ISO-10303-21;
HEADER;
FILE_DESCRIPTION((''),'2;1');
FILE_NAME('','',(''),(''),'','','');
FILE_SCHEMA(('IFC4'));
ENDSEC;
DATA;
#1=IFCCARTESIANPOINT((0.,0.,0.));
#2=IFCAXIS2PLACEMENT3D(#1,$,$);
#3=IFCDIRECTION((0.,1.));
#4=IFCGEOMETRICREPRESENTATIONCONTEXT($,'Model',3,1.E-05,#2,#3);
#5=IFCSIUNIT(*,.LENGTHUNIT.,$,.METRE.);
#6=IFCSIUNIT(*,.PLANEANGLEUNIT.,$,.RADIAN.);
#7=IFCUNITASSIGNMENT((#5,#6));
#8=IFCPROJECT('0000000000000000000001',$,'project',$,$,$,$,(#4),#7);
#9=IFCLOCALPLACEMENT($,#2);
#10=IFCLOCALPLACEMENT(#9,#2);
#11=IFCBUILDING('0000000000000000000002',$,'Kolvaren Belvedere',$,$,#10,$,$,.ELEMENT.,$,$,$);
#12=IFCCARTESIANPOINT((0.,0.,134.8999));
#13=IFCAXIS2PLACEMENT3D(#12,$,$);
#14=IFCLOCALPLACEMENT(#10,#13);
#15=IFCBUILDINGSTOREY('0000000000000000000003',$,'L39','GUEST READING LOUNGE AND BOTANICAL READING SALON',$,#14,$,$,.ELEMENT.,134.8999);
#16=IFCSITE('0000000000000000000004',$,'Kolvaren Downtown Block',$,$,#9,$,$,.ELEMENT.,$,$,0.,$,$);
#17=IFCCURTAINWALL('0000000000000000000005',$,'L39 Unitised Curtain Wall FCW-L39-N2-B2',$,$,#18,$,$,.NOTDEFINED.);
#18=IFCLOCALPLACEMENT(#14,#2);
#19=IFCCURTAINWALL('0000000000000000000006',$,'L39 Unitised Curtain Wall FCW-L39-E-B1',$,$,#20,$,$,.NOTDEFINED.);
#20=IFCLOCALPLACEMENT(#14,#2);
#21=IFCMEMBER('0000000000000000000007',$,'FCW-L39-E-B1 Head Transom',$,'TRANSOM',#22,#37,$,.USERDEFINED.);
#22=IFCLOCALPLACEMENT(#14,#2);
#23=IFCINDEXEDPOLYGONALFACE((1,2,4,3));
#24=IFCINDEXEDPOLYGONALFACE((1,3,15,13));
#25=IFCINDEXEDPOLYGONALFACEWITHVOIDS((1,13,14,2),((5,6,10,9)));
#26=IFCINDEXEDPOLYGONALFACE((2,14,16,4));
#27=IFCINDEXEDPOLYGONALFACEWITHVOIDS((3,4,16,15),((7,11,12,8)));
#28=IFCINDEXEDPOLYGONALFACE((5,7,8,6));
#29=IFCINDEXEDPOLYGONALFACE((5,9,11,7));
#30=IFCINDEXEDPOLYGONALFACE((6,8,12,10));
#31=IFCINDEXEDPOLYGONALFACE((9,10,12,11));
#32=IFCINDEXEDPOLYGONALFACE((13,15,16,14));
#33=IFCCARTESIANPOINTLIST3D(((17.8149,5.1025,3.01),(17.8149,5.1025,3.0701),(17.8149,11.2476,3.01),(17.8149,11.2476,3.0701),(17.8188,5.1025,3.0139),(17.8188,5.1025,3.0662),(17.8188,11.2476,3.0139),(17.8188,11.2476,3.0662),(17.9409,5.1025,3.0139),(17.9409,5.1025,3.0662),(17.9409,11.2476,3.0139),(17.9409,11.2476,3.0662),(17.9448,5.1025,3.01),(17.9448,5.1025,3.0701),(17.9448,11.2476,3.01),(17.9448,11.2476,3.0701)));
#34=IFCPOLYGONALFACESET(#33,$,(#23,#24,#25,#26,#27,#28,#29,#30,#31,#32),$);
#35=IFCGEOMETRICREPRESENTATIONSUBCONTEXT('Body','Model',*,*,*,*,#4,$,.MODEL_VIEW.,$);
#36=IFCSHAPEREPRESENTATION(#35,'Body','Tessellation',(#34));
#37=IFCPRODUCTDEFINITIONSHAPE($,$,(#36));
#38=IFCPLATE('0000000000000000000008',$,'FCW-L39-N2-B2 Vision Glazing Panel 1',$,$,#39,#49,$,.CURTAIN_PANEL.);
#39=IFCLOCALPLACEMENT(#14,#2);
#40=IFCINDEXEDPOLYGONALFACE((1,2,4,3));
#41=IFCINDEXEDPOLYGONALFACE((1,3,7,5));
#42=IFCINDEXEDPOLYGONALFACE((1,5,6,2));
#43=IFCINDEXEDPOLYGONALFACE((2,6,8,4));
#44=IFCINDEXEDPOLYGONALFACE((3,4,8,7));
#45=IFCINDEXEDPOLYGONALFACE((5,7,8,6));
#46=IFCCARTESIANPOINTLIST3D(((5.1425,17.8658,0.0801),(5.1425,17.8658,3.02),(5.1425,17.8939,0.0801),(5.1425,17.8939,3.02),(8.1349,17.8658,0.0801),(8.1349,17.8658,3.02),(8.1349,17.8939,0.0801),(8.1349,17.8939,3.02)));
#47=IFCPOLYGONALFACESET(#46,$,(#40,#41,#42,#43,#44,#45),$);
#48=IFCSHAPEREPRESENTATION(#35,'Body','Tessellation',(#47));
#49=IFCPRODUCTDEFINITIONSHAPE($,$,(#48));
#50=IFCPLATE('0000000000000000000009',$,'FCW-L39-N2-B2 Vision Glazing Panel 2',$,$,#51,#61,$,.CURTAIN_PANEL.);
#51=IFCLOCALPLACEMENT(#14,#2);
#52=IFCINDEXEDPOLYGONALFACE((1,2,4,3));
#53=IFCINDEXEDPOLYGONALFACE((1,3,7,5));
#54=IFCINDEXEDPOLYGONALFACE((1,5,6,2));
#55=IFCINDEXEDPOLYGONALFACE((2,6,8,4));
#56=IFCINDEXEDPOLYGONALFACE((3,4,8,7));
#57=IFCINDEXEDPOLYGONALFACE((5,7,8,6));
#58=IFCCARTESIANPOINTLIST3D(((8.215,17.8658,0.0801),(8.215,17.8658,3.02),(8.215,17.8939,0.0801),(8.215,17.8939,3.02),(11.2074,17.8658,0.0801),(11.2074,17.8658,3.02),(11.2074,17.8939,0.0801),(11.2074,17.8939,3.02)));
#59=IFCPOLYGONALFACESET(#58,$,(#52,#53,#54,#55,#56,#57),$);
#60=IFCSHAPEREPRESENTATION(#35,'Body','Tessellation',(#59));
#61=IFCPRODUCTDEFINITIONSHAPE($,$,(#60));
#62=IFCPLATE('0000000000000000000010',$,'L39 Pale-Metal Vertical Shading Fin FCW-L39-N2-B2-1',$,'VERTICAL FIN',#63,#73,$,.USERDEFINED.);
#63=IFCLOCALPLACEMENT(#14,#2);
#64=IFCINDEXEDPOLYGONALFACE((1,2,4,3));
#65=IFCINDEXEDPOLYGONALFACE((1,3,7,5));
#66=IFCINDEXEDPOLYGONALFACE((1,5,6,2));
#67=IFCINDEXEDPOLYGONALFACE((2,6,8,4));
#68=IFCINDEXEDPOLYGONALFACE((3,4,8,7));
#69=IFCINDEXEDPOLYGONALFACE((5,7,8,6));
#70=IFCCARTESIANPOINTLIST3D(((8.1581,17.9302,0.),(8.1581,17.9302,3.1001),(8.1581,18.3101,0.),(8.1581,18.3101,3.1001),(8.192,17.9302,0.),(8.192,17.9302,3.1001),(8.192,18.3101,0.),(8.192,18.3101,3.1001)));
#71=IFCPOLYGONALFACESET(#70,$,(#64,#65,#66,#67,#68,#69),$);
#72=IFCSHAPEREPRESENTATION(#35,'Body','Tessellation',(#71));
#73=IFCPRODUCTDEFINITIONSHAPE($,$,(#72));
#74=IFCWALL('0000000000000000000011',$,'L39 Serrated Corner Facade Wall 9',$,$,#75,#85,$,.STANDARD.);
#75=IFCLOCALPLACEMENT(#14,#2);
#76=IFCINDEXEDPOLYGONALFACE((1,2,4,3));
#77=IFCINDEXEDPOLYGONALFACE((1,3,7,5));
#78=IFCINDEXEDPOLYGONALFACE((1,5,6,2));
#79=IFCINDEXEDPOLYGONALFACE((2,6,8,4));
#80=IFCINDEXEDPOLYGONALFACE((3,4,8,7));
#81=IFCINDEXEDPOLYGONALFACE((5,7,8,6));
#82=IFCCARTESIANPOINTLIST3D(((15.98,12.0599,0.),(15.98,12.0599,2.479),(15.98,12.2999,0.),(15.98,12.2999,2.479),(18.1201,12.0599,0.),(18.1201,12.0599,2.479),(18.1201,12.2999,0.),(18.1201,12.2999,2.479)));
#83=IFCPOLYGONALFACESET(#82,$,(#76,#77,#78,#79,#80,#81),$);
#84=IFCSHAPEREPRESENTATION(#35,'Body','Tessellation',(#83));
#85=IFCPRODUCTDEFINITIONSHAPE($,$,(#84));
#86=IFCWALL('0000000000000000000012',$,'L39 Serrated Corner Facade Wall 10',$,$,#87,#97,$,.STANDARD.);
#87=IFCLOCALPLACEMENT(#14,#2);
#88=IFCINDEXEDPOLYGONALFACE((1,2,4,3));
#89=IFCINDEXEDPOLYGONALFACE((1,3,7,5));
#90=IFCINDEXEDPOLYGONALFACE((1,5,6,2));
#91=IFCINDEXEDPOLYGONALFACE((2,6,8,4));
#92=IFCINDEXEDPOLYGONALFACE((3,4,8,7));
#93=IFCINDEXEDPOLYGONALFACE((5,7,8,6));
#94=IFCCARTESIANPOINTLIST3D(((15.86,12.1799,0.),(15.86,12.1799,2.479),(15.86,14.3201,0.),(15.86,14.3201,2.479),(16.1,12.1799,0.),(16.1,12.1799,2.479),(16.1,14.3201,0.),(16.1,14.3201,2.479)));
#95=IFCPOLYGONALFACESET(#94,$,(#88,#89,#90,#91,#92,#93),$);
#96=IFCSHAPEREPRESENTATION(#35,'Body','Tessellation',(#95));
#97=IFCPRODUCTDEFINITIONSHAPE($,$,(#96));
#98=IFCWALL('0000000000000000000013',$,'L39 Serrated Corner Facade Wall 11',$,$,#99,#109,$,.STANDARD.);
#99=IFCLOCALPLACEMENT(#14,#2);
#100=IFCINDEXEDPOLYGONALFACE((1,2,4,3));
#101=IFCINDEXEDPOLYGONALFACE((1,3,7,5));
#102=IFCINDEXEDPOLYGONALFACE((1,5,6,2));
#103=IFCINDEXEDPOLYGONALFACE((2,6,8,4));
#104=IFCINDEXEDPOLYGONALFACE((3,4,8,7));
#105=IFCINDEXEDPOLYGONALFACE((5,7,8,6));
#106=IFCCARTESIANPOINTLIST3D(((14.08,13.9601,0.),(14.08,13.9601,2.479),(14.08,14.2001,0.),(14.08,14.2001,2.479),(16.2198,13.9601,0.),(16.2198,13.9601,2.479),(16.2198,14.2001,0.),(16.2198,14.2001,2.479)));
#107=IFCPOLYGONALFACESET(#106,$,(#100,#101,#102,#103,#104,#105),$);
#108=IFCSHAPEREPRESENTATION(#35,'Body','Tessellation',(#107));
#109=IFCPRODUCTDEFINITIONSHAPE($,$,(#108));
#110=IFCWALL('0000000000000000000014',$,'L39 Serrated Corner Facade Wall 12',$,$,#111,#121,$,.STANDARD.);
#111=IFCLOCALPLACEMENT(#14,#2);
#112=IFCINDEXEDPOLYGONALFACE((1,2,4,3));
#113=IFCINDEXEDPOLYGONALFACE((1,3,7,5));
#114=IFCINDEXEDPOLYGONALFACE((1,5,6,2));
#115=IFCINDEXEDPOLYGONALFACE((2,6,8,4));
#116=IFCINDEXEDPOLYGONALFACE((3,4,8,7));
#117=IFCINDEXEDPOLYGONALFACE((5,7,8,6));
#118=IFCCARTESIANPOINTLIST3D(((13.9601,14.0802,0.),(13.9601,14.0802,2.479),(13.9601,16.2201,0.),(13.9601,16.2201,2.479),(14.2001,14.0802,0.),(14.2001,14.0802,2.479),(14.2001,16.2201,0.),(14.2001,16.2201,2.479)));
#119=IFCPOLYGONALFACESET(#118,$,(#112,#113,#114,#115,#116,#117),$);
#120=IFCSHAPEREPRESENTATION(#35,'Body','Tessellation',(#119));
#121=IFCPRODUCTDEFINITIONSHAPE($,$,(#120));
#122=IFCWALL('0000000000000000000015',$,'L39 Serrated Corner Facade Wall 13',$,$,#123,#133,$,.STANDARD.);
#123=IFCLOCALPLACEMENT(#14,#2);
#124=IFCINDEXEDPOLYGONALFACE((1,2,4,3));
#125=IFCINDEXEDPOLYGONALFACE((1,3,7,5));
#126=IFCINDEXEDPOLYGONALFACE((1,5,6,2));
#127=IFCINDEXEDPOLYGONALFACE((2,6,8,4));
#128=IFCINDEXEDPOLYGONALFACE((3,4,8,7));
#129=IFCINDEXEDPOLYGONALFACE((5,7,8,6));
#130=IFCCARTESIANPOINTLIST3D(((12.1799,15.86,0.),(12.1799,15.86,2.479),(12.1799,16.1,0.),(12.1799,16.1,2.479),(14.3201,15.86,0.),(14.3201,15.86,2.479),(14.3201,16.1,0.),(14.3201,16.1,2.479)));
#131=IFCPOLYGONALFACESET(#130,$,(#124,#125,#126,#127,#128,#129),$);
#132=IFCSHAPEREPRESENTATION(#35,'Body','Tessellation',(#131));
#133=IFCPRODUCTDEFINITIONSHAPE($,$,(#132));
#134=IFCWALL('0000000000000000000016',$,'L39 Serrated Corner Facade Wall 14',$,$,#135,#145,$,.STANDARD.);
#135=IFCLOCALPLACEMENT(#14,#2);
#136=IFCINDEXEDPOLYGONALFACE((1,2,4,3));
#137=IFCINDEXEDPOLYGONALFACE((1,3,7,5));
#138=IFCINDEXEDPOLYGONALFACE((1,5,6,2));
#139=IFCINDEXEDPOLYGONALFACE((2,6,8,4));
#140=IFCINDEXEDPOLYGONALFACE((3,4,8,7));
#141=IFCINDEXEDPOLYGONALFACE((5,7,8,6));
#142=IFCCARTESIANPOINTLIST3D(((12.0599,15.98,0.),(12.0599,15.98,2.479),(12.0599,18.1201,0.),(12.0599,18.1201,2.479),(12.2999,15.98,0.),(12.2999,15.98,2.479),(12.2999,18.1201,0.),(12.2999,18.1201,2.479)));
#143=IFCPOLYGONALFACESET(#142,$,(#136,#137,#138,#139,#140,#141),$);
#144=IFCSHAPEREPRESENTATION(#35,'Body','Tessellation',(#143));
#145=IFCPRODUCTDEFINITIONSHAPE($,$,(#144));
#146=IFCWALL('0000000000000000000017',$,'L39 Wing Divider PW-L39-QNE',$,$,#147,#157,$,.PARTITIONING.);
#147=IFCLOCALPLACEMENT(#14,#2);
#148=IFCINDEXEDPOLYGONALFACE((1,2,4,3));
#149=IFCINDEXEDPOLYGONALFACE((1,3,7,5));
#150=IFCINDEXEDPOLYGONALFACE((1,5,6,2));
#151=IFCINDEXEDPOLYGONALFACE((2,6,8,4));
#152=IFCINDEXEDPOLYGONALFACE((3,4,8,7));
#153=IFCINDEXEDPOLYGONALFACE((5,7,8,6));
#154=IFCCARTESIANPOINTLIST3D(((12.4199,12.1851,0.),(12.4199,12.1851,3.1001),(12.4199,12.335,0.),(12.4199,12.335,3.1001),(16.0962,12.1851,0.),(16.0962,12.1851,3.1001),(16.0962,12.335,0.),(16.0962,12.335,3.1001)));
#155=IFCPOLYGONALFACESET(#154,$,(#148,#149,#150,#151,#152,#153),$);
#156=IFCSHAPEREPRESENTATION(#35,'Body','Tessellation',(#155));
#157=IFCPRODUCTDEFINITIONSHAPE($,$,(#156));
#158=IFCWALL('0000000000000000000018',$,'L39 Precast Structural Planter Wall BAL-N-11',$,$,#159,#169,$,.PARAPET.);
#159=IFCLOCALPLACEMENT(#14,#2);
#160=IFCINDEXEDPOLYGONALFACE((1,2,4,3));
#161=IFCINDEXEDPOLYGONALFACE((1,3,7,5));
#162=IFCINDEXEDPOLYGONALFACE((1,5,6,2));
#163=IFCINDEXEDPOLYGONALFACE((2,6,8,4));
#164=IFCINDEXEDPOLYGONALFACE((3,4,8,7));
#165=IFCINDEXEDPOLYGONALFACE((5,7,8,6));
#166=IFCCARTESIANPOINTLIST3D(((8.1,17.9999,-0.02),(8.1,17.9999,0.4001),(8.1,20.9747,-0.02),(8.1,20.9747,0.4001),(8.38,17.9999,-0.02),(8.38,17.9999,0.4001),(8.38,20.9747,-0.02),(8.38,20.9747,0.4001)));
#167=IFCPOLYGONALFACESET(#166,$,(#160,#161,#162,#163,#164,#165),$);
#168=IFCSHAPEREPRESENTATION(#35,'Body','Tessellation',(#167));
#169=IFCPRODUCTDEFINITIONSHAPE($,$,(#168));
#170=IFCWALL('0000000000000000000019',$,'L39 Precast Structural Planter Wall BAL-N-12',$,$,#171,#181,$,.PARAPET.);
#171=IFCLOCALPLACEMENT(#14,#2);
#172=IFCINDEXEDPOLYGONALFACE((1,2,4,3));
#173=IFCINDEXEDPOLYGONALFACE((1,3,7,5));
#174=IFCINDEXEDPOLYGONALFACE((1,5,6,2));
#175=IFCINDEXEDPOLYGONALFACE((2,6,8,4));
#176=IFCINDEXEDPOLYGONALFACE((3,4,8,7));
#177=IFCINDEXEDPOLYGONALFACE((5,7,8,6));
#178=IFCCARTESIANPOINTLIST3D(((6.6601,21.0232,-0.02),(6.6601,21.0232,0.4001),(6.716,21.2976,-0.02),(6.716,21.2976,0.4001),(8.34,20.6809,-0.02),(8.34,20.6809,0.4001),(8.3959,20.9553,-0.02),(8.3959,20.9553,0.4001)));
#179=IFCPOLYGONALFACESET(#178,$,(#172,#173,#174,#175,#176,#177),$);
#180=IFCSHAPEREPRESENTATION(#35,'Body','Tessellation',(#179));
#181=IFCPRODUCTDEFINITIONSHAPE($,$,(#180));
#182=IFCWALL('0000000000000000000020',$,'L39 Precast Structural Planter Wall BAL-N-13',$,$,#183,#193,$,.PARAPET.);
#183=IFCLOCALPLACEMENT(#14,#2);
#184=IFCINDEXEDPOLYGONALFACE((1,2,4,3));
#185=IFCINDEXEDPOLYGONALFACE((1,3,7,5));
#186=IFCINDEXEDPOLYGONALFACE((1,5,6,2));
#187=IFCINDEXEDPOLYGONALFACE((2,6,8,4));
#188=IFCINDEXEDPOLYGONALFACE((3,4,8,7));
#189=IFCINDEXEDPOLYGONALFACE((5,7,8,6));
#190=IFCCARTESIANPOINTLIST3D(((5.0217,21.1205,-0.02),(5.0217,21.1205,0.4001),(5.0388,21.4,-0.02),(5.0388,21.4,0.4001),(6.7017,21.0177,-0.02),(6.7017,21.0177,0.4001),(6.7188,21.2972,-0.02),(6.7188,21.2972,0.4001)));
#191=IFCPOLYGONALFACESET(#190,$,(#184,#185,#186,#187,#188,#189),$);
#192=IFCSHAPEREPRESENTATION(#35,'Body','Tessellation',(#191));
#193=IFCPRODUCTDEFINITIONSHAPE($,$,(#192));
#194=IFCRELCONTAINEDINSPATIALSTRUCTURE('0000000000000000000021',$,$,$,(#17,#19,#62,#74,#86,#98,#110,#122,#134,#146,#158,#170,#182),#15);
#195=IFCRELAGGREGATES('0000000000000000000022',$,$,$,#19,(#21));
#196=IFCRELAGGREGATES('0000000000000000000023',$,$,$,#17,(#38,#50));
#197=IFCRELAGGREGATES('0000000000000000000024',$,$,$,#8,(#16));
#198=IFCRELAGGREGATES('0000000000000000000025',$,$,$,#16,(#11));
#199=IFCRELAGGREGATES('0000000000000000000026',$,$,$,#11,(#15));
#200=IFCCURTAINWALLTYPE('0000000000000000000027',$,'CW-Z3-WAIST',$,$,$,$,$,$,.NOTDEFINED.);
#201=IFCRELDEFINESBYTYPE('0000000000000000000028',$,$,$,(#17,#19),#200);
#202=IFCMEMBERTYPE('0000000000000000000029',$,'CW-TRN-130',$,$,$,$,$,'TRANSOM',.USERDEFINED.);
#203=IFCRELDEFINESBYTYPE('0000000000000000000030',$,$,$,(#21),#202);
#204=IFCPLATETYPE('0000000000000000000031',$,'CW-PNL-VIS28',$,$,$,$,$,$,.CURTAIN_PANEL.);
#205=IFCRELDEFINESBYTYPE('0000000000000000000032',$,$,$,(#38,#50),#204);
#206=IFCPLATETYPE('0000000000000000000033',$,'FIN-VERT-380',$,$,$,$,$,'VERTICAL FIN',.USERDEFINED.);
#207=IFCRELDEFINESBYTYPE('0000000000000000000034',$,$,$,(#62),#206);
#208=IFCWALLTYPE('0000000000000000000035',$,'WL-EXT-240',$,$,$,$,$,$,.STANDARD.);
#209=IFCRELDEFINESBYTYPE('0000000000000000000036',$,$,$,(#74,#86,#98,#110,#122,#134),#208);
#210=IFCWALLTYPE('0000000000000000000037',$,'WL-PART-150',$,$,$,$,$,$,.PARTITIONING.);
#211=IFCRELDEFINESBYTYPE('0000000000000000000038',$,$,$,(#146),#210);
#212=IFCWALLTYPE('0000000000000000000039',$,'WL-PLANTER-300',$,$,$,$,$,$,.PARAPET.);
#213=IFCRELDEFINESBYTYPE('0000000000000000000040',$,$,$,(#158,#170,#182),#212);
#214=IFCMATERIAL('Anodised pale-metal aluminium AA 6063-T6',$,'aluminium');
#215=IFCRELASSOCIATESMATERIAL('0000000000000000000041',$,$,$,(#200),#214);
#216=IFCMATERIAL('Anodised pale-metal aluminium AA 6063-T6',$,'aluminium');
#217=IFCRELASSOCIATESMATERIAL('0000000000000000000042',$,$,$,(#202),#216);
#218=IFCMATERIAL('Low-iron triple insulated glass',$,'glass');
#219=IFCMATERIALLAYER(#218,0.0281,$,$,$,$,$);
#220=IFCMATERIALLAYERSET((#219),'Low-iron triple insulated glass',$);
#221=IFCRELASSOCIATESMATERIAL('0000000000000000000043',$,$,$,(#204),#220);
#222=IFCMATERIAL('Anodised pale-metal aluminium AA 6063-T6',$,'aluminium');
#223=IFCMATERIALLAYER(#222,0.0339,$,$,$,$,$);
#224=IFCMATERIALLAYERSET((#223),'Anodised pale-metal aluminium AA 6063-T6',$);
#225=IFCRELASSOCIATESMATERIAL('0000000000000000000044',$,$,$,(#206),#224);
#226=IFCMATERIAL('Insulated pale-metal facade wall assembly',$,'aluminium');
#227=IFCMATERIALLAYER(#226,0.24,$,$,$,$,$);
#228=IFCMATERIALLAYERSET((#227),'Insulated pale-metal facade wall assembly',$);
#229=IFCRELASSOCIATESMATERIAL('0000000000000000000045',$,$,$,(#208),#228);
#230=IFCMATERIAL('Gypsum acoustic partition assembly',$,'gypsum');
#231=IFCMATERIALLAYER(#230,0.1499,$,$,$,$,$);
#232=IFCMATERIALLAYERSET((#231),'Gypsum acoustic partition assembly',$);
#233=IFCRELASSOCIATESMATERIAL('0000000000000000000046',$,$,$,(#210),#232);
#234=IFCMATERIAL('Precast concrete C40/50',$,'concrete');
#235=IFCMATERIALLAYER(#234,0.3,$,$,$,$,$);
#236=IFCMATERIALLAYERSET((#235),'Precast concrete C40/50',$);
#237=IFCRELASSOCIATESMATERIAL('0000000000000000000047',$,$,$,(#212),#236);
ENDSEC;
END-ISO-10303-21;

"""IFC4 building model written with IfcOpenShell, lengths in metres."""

from ifc_helpers import new_model, si_unit, direction, frame, frame_2d, origin, origin_2d, place, context, subcontext, project, spatial, rectangle, hollow_rectangle, extrude, material, layer, layer_set, material_profile, profile_set, type_object, element, aggregate, save


model = new_model("IFC4")

# Units and contexts
model_context = context("Model", 3, precision=1e-05, world=origin(), true_north=direction((0.0, 1.0)))
body_context = subcontext(model_context, "Body", "Model", "MODEL_VIEW")
ifc_project = project(units=[si_unit("LENGTHUNIT", "METRE"), si_unit("PLANEANGLEUNIT", "RADIAN")], contexts=[model_context])

# Site, building, storey
site_placement = place(None, origin())
site = spatial("IfcSite", under=ifc_project, at=site_placement, Name="Kolvaren Downtown Block", CompositionType="ELEMENT", RefElevation=0.0)
building_placement = place(site_placement, origin())
building = spatial("IfcBuilding", under=site, at=building_placement, Name="Kolvaren Belvedere", CompositionType="ELEMENT")
storey_placement = place(building_placement, frame((0.0, 0.0, 134.8999)))
storey = spatial("IfcBuildingStorey", under=building, at=storey_placement, Name="L39", Description="GUEST READING LOUNGE AND BOTANICAL READING SALON", CompositionType="ELEMENT", Elevation=134.8999)

# Curtain walls, member
ifc_material_1 = material(Name="Anodised pale-metal aluminium AA 6063-T6", Category="aluminium")
curtain_wall_type = type_object("IfcCurtainWallType", Name="CW-Z3-WAIST", PredefinedType="NOTDEFINED", material=ifc_material_1)
curtain_wall_1_placement = place(storey_placement, origin())
curtain_wall_1 = element("IfcCurtainWall", 1, at=curtain_wall_1_placement, inside=storey, type_object=curtain_wall_type, Name="L39 Unitised Curtain Wall FCW-L39-N2-B2", PredefinedType="NOTDEFINED")
curtain_wall_2_placement = place(storey_placement, origin())
curtain_wall_2 = element("IfcCurtainWall", 2, at=curtain_wall_2_placement, inside=storey, type_object=curtain_wall_type, Name="L39 Unitised Curtain Wall FCW-L39-E-B1", PredefinedType="NOTDEFINED")
ifc_material_2 = material(Name="Anodised pale-metal aluminium AA 6063-T6", Category="aluminium")
ifc_material_profile_1 = material_profile(ifc_material_2, hollow_rectangle(XDim=0.0601, YDim=0.1299, WallThickness=0.0039, at=origin_2d()), Name="ALU-TRN-130X60")
ifc_profile_set_1 = profile_set([ifc_material_profile_1], Name="Anodised pale-metal aluminium AA 6063-T6")
member_type_1 = type_object("IfcMemberType", Name="CW-TRN-130", ElementType="TRANSOM", PredefinedType="USERDEFINED", material=ifc_profile_set_1)
member_1_placement = place(storey_placement, frame((17.8799, 11.2476, 3.04), z_axis=(0.0, -1.0, 0.0), x_axis=(0.0, 0.0, 1.0)))
member_1 = element("IfcMember", 3, at=member_1_placement, type_object=member_type_1, Name="FCW-L39-E-B1 Head Transom", ObjectType="TRANSOM", PredefinedType="USERDEFINED", context=body_context, shape_type="SweptSolid", body=[
    extrude(hollow_rectangle(XDim=0.0601, YDim=0.1299, WallThickness=0.0039, at=origin_2d()), origin(), (0.0, 0.0, 1.0), 6.145),
])
aggregate(curtain_wall_2, [member_1])

# Plates
ifc_material_3 = material(Name="Low-iron triple insulated glass", Category="glass")
ifc_layer_1 = layer(ifc_material_3, 0.0281)
ifc_layer_set_1 = layer_set([ifc_layer_1], Name="Low-iron triple insulated glass")
plate_type_1 = type_object("IfcPlateType", Name="CW-PNL-VIS28", PredefinedType="CURTAIN_PANEL", material=ifc_layer_set_1)
plate_1_placement = place(storey_placement, frame((6.6387, 17.8799, 0.0801), z_axis=(0.0, 0.0, 1.0), x_axis=(1.0, 0.0, 0.0)))
plate_1 = element("IfcPlate", 4, at=plate_1_placement, type_object=plate_type_1, Name="FCW-L39-N2-B2 Vision Glazing Panel 1", PredefinedType="CURTAIN_PANEL", context=body_context, shape_type="SweptSolid", body=[
    extrude(rectangle(XDim=2.9924, YDim=0.0281, at=origin_2d()), origin(), (0.0, 0.0, 1.0), 2.9399),
])
plate_2_placement = place(storey_placement, frame((9.7112, 17.8799, 0.0801), z_axis=(0.0, 0.0, 1.0), x_axis=(1.0, 0.0, 0.0)))
plate_2 = element("IfcPlate", 5, at=plate_2_placement, type_object=plate_type_1, Name="FCW-L39-N2-B2 Vision Glazing Panel 2", PredefinedType="CURTAIN_PANEL", context=body_context, shape_type="SweptSolid", body=[
    extrude(rectangle(XDim=2.9924, YDim=0.0281, at=origin_2d()), origin(), (0.0, 0.0, 1.0), 2.9399),
])
aggregate(curtain_wall_1, [plate_1, plate_2])
ifc_material_4 = material(Name="Anodised pale-metal aluminium AA 6063-T6", Category="aluminium")
ifc_layer_2 = layer(ifc_material_4, 0.0339)
ifc_layer_set_2 = layer_set([ifc_layer_2], Name="Anodised pale-metal aluminium AA 6063-T6")
plate_type_2 = type_object("IfcPlateType", Name="FIN-VERT-380", ElementType="VERTICAL FIN", PredefinedType="USERDEFINED", material=ifc_layer_set_2)
plate_3_placement = place(storey_placement, frame((8.175, 18.1201, 0.0), z_axis=(0.0, 0.0, 1.0), x_axis=(0.0, 1.0, 0.0)))
element("IfcPlate", 6, at=plate_3_placement, inside=storey, type_object=plate_type_2, Name="L39 Pale-Metal Vertical Shading Fin FCW-L39-N2-B2-1", ObjectType="VERTICAL FIN", PredefinedType="USERDEFINED", context=body_context, shape_type="SweptSolid", body=[
    extrude(rectangle(XDim=0.3799, YDim=0.0339, at=origin_2d()), origin(), (0.0, 0.0, 1.0), 3.1001),
])

# Walls
ifc_material_5 = material(Name="Insulated pale-metal facade wall assembly", Category="aluminium")
ifc_layer_3 = layer(ifc_material_5, 0.24)
ifc_layer_set_3 = layer_set([ifc_layer_3], Name="Insulated pale-metal facade wall assembly")
wall_type_1 = type_object("IfcWallType", Name="WL-EXT-240", PredefinedType="STANDARD", material=ifc_layer_set_3)
for number, where, z_axis, x_axis, name in (
    (7, (15.98, 12.1799, 0.0), (0.0, 0.0, 1.0), (1.0, 0.0, 0.0), "L39 Serrated Corner Facade Wall 9"),
    (8, (15.98, 14.3201, 0.0), (0.0, 0.0, 1.0), (0.0, -1.0, 0.0), "L39 Serrated Corner Facade Wall 10"),
):
    element("IfcWall", number, at=place(storey_placement, frame(where, z_axis=z_axis, x_axis=x_axis)), inside=storey, type_object=wall_type_1, Name=name, PredefinedType="STANDARD", context=body_context, shape_type="SweptSolid", body=[
        extrude(rectangle(XDim=2.1401, YDim=0.24, at=frame_2d((1.0701, 0.0))), origin(), (0.0, 0.0, 1.0), 2.479),
    ])
for number, where, z_axis, x_axis, name in (
    (9, (14.0801, 14.0801, 0.0), (0.0, 0.0, 1.0), (1.0, 0.0, 0.0), "L39 Serrated Corner Facade Wall 11"),
    (10, (14.0801, 16.22, 0.0), (0.0, 0.0, 1.0), (0.0, -1.0, 0.0), "L39 Serrated Corner Facade Wall 12"),
):
    element("IfcWall", number, at=place(storey_placement, frame(where, z_axis=z_axis, x_axis=x_axis)), inside=storey, type_object=wall_type_1, Name=name, PredefinedType="STANDARD", context=body_context, shape_type="SweptSolid", body=[
        extrude(rectangle(XDim=2.1399, YDim=0.24, at=frame_2d((1.0698, 0.0))), origin(), (0.0, 0.0, 1.0), 2.479),
    ])
for number, where, z_axis, x_axis, name in (
    (11, (12.1799, 15.98, 0.0), (0.0, 0.0, 1.0), (1.0, 0.0, 0.0), "L39 Serrated Corner Facade Wall 13"),
    (12, (12.1799, 18.1201, 0.0), (0.0, 0.0, 1.0), (0.0, -1.0, 0.0), "L39 Serrated Corner Facade Wall 14"),
):
    element("IfcWall", number, at=place(storey_placement, frame(where, z_axis=z_axis, x_axis=x_axis)), inside=storey, type_object=wall_type_1, Name=name, PredefinedType="STANDARD", context=body_context, shape_type="SweptSolid", body=[
        extrude(rectangle(XDim=2.1401, YDim=0.24, at=frame_2d((1.0701, 0.0))), origin(), (0.0, 0.0, 1.0), 2.479),
    ])
ifc_material_6 = material(Name="Gypsum acoustic partition assembly", Category="gypsum")
ifc_layer_4 = layer(ifc_material_6, 0.1499)
ifc_layer_set_4 = layer_set([ifc_layer_4], Name="Gypsum acoustic partition assembly")
wall_type_2 = type_object("IfcWallType", Name="WL-PART-150", PredefinedType="PARTITIONING", material=ifc_layer_set_4)
wall_1_placement = place(storey_placement, frame((12.4199, 12.26, 0.0), z_axis=(0.0, 0.0, 1.0), x_axis=(1.0, 0.0, 0.0)))
element("IfcWall", 13, at=wall_1_placement, inside=storey, type_object=wall_type_2, Name="L39 Wing Divider PW-L39-QNE", PredefinedType="PARTITIONING", context=body_context, shape_type="SweptSolid", body=[
    extrude(rectangle(XDim=3.6763, YDim=0.1499, at=frame_2d((1.8381, 0.0))), origin(), (0.0, 0.0, 1.0), 3.1001),
])
ifc_material_7 = material(Name="Precast concrete C40/50", Category="concrete")
ifc_layer_5 = layer(ifc_material_7, 0.3)
ifc_layer_set_5 = layer_set([ifc_layer_5], Name="Precast concrete C40/50")
wall_type_3 = type_object("IfcWallType", Name="WL-PLANTER-300", PredefinedType="PARAPET", material=ifc_layer_set_5)
wall_2_placement = place(storey_placement, frame((8.24, 18.0, -0.02), z_axis=(0.0, 0.0, 1.0), x_axis=(0.0, 1.0, 0.0)))
element("IfcWall", 14, at=wall_2_placement, inside=storey, type_object=wall_type_3, Name="L39 Precast Structural Planter Wall BAL-N-11", PredefinedType="PARAPET", context=body_context, shape_type="SweptSolid", body=[
    extrude(rectangle(XDim=2.9749, YDim=0.28, at=frame_2d((1.4873, 0.0))), origin(), (0.0, 0.0, 1.0), 0.4202),
])
wall_3_placement = place(storey_placement, frame((8.3679, 20.8181, -0.02), z_axis=(0.0, 0.0, 1.0), x_axis=(-0.979868, 0.199648, 0.0)))
element("IfcWall", 15, at=wall_3_placement, inside=storey, type_object=wall_type_3, Name="L39 Precast Structural Planter Wall BAL-N-12", PredefinedType="PARAPET", context=body_context, shape_type="SweptSolid", body=[
    extrude(rectangle(XDim=1.7144, YDim=0.28, at=frame_2d((0.8572, 0.0))), origin(), (0.0, 0.0, 1.0), 0.4202),
])
wall_4_placement = place(storey_placement, frame((6.7102, 21.1575, -0.02), z_axis=(0.0, 0.0, 1.0), x_axis=(-0.998134, 0.061069, 0.0)))
element("IfcWall", 16, at=wall_4_placement, inside=storey, type_object=wall_type_3, Name="L39 Precast Structural Planter Wall BAL-N-13", PredefinedType="PARAPET", context=body_context, shape_type="SweptSolid", body=[
    extrude(rectangle(XDim=1.6831, YDim=0.28, at=frame_2d((0.8416, 0.0))), origin(), (0.0, 0.0, 1.0), 0.4202),
])

save(model, "model.ifc")
